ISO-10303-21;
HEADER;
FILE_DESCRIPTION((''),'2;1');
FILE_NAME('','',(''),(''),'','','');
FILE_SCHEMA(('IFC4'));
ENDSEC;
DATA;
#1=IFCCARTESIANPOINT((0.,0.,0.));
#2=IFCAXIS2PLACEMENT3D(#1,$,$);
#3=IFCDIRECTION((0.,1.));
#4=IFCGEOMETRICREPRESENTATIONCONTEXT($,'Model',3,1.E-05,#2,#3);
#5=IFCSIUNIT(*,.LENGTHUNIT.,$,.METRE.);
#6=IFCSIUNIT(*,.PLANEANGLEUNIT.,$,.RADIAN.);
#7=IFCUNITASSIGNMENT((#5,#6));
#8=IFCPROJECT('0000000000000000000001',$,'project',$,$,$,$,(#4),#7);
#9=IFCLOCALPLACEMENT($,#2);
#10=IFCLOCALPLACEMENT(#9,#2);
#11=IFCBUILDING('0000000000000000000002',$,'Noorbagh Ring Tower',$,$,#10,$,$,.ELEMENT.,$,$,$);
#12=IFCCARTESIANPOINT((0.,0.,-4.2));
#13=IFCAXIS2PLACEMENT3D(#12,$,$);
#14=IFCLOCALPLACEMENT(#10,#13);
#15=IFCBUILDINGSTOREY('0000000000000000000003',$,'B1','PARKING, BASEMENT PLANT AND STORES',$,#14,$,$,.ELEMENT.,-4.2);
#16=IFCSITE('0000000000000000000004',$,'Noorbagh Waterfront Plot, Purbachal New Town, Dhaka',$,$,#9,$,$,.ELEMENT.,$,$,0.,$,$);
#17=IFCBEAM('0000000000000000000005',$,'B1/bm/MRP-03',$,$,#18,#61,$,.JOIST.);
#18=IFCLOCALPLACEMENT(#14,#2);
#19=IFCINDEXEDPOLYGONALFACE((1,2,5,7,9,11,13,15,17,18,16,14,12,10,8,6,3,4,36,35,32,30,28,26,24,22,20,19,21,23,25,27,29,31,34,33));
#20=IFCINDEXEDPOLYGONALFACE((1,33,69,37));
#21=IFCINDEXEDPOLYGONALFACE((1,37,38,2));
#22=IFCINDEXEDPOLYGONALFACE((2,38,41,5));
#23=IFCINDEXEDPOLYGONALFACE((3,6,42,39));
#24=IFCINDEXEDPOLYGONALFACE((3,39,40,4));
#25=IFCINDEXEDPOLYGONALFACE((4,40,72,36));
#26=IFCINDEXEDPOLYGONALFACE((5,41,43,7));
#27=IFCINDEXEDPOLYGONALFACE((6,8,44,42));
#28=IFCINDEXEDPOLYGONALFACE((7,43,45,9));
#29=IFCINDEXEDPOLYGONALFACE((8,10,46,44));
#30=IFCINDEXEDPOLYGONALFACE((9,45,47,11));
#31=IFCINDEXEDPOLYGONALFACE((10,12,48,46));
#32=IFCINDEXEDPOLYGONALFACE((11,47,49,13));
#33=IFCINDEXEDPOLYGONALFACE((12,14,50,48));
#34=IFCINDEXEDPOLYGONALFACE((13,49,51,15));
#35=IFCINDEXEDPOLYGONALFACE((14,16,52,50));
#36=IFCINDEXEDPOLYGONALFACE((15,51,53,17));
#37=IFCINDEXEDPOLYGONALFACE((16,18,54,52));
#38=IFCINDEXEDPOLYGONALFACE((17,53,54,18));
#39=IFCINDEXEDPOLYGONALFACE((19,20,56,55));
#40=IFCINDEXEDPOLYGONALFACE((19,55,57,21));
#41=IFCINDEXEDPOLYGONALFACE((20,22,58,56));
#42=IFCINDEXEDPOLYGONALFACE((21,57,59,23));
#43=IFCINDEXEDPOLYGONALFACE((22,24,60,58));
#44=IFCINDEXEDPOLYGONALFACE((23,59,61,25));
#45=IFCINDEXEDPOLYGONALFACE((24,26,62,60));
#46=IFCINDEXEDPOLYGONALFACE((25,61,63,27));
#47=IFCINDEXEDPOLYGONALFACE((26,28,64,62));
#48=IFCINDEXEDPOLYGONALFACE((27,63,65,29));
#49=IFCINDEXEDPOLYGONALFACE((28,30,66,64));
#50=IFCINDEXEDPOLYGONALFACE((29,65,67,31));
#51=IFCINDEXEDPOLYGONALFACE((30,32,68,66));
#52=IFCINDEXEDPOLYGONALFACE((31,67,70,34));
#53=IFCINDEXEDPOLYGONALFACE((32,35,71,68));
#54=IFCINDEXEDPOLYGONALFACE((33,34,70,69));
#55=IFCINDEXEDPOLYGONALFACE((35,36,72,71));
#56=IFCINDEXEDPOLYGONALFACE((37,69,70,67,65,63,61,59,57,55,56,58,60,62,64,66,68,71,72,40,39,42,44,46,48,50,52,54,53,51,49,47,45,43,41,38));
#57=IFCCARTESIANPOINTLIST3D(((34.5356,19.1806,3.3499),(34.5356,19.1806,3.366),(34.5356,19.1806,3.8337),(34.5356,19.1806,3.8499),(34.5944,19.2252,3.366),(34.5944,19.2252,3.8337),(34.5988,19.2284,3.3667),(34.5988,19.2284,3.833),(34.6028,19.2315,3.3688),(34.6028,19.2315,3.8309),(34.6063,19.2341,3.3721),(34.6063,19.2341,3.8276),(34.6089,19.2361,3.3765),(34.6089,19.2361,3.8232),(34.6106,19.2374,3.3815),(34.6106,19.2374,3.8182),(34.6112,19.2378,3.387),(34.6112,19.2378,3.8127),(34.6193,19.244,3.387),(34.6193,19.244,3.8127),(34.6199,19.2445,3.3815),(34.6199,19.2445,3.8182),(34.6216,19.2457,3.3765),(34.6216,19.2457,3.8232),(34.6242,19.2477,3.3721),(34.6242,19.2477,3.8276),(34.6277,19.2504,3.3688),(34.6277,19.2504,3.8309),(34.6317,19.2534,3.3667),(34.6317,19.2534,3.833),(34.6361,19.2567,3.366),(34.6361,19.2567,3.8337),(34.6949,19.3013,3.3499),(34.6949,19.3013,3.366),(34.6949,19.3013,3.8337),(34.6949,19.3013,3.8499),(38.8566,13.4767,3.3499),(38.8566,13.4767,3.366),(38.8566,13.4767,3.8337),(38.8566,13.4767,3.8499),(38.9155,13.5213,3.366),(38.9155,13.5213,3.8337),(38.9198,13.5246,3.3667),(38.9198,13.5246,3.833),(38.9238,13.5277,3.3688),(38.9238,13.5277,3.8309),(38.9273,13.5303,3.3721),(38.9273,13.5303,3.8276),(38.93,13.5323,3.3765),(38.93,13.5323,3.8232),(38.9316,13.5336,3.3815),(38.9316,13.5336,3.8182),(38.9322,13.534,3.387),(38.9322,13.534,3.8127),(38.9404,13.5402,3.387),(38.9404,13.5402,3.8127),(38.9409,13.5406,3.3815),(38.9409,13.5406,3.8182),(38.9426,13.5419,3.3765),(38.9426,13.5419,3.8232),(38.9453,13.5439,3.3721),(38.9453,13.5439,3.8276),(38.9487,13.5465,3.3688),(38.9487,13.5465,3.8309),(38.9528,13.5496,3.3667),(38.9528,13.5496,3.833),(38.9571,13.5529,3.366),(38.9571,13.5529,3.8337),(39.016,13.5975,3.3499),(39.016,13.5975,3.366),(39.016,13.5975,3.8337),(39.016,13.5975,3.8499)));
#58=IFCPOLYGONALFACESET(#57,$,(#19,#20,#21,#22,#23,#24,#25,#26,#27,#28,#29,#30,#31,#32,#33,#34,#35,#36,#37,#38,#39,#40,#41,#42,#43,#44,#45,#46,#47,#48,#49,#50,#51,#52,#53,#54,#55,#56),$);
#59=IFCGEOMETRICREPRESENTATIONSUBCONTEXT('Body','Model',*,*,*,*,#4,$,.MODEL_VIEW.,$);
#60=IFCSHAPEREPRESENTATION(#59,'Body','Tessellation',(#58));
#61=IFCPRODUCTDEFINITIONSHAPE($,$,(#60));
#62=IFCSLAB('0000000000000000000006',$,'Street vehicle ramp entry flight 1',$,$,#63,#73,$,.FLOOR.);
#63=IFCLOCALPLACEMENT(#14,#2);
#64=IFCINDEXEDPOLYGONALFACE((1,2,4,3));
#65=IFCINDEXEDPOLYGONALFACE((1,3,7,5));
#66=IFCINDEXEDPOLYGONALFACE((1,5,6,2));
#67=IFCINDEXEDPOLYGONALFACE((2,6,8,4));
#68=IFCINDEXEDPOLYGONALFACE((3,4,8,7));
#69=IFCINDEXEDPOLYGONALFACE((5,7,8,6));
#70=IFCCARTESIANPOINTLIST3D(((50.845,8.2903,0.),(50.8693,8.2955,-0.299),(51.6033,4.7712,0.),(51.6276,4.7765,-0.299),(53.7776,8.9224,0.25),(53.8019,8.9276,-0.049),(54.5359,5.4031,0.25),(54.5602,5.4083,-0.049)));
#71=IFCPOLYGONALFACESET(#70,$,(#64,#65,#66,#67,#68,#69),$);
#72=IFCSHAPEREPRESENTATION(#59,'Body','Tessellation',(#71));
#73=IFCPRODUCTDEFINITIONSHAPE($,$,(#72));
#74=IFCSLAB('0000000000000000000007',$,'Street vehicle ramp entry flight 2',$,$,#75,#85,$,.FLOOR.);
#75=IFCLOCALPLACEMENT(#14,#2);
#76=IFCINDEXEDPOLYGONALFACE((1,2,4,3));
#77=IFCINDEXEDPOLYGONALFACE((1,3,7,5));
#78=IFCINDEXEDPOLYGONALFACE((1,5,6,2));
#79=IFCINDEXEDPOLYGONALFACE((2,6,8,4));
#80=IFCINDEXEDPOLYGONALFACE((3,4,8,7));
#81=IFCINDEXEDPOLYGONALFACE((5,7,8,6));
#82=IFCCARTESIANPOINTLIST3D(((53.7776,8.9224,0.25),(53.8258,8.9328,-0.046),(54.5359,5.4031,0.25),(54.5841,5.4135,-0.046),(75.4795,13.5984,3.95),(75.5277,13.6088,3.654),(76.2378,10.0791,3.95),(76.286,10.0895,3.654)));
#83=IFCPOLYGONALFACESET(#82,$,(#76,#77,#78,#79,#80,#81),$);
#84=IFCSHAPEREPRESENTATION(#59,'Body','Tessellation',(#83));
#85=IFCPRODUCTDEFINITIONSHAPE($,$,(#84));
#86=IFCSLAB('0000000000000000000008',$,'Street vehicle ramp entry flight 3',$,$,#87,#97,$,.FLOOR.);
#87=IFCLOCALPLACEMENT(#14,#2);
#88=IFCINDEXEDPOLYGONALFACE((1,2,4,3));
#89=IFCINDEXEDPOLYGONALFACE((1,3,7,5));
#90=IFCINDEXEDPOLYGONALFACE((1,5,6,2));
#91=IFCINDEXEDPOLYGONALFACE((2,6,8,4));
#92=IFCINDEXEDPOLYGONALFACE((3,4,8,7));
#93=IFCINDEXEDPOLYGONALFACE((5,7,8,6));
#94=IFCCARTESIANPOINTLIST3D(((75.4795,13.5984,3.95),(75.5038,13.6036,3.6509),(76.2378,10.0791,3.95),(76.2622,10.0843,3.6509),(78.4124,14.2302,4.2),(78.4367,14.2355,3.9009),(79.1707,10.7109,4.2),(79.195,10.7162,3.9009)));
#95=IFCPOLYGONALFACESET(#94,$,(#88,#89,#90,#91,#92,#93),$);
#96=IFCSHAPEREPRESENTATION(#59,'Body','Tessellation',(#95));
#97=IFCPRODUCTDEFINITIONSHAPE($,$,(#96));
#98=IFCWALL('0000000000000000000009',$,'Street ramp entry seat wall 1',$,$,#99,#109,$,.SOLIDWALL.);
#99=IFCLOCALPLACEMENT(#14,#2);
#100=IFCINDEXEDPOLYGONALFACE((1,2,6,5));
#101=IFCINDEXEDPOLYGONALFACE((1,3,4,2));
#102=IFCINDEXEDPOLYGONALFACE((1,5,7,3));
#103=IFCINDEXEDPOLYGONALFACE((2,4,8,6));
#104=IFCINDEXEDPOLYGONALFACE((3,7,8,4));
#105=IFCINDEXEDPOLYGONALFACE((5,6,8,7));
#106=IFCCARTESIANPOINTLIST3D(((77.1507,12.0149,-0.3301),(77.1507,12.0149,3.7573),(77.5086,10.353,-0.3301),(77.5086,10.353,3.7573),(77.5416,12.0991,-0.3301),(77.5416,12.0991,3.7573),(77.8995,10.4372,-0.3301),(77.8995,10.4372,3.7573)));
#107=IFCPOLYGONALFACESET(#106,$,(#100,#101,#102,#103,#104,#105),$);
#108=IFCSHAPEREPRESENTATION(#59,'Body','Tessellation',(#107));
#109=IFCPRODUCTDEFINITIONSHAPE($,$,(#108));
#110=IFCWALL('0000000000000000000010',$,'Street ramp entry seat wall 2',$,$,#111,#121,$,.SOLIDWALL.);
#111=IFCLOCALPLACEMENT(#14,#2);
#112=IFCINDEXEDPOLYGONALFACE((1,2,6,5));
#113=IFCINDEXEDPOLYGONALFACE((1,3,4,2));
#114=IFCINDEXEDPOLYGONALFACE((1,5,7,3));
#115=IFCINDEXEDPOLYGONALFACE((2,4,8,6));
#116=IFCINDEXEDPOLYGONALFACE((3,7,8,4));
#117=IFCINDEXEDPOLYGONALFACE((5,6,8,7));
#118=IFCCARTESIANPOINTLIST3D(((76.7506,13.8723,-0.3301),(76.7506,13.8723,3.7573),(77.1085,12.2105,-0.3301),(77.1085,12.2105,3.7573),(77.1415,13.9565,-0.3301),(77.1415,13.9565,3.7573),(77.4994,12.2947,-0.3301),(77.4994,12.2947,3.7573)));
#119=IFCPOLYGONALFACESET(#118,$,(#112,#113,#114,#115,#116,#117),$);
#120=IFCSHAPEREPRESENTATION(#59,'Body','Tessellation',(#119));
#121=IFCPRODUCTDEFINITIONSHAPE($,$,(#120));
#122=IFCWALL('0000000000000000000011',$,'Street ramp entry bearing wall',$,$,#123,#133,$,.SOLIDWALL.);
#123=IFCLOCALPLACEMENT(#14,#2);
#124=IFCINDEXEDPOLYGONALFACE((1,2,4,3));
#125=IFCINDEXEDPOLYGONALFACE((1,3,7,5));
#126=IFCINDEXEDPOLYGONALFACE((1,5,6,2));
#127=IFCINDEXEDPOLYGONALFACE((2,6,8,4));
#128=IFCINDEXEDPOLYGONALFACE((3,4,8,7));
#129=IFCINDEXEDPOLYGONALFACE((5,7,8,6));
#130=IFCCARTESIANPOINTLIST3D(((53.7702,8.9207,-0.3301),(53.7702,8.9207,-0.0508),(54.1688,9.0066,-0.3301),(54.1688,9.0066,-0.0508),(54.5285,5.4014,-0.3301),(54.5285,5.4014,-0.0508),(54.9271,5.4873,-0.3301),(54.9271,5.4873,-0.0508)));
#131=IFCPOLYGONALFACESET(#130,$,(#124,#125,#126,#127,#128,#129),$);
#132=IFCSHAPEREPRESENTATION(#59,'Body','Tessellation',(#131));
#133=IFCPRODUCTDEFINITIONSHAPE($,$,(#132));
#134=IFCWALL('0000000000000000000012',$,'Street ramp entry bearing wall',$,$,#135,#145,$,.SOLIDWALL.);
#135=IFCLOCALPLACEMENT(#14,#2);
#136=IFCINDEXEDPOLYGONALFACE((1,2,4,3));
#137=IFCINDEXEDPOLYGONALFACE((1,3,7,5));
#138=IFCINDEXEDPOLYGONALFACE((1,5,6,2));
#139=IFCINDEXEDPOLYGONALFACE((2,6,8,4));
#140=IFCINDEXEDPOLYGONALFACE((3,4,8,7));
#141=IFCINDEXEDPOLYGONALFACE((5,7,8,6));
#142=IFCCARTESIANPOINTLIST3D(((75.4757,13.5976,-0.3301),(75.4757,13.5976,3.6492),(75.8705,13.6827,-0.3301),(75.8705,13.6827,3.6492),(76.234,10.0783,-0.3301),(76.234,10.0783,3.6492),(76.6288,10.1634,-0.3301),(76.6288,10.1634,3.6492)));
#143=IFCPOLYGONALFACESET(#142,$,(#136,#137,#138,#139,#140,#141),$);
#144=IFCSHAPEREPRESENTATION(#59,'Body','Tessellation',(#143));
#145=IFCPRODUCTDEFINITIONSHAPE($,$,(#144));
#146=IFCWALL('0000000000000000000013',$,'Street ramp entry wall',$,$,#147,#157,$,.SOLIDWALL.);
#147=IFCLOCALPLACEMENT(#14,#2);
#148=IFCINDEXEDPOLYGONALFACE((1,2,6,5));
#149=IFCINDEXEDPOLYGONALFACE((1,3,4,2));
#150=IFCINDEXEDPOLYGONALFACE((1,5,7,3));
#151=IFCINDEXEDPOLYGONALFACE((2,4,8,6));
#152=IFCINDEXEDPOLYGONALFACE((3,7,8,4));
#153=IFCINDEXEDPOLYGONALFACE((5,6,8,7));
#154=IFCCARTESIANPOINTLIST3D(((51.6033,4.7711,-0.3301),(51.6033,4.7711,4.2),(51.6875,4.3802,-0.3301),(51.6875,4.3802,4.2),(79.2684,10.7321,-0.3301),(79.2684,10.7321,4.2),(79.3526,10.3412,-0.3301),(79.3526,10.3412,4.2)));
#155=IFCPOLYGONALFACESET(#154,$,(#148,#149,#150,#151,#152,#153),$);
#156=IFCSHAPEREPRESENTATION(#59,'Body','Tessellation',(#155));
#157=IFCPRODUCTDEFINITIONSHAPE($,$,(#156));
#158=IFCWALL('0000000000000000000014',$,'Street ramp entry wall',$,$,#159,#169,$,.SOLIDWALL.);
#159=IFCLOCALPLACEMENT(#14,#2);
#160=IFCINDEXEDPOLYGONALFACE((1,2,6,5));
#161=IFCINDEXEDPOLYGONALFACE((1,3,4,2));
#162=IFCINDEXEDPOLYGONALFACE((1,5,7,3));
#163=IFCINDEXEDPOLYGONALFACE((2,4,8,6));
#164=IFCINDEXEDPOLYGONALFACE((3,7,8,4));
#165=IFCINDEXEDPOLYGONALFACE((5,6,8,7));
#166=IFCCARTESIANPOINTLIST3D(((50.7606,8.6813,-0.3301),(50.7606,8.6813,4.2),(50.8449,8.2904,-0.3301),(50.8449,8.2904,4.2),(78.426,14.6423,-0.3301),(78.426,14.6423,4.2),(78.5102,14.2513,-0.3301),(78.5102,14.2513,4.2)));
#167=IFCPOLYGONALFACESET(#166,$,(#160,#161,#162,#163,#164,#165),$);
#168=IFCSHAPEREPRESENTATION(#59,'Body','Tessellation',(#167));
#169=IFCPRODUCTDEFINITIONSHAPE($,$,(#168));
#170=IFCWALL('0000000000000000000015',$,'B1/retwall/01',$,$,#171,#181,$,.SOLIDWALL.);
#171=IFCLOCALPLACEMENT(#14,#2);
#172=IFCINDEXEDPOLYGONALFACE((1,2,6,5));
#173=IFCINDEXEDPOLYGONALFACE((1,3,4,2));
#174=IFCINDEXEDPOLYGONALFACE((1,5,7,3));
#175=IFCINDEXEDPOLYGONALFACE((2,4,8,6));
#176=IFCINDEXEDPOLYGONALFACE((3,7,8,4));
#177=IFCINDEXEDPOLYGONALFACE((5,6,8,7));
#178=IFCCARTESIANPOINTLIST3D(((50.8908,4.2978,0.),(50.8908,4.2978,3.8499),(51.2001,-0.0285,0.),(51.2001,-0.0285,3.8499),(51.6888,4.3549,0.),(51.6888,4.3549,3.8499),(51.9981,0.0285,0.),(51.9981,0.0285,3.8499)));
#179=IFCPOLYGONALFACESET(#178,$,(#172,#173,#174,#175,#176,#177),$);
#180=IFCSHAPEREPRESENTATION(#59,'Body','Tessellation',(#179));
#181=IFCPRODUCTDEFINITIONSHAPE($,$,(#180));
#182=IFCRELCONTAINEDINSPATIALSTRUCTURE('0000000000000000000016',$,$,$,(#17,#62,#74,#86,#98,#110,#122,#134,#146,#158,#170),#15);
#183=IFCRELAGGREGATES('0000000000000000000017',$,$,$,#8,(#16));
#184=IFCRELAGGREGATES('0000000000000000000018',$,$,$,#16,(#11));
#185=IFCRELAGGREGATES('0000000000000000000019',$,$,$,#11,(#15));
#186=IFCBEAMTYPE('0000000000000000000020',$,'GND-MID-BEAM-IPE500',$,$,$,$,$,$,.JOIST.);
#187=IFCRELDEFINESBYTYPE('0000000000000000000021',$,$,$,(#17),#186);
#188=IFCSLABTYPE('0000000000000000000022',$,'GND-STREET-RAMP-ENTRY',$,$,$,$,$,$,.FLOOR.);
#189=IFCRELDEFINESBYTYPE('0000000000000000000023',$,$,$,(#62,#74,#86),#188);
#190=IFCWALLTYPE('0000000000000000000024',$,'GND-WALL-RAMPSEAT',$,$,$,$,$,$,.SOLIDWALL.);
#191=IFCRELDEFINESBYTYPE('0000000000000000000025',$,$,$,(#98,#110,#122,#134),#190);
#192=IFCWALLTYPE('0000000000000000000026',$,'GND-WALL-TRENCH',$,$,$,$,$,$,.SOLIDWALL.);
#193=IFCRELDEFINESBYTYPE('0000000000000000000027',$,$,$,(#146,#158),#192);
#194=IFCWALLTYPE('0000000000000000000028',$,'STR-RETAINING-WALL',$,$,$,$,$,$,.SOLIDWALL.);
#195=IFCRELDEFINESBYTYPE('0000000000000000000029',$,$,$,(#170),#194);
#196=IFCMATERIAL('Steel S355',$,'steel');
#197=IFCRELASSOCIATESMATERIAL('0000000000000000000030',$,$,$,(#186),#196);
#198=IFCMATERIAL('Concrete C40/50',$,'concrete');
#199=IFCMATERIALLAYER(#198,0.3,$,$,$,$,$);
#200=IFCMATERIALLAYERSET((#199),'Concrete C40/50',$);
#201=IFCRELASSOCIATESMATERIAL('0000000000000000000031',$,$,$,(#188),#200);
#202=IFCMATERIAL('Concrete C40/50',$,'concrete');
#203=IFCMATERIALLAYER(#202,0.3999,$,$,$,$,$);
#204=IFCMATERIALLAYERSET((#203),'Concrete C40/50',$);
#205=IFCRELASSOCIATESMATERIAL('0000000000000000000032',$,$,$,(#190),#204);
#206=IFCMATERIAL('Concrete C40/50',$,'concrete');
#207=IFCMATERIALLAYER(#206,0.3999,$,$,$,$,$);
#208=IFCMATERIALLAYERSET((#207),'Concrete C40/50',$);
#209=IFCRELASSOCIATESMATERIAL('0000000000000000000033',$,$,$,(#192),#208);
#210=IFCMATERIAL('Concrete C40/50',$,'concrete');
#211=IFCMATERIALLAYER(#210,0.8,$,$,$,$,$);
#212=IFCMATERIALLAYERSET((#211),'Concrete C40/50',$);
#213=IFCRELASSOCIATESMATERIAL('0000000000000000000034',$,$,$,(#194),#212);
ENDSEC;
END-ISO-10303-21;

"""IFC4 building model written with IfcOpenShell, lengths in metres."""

from ifc_helpers import new_model, si_unit, direction, frame, frame_2d, origin, origin_2d, place, context, subcontext, project, spatial, polyline, rectangle, i_section, outline, extrude, material, layer, layer_set, material_profile, profile_set, type_object, element, save


model = new_model("IFC4")

# Units and contexts
model_context = context("Model", 3, precision=1e-05, world=origin(), true_north=direction((0.0, 1.0)))
body_context = subcontext(model_context, "Body", "Model", "MODEL_VIEW")
ifc_project = project(units=[si_unit("LENGTHUNIT", "METRE"), si_unit("PLANEANGLEUNIT", "RADIAN")], contexts=[model_context])

# Site, building, storey
site_placement = place(None, origin())
site = spatial("IfcSite", under=ifc_project, at=site_placement, Name="Noorbagh Waterfront Plot, Purbachal New Town, Dhaka", CompositionType="ELEMENT", RefElevation=0.0)
building_placement = place(site_placement, origin())
building = spatial("IfcBuilding", under=site, at=building_placement, Name="Noorbagh Ring Tower", CompositionType="ELEMENT")
storey_placement = place(building_placement, frame((0.0, 0.0, -4.2)))
storey = spatial("IfcBuildingStorey", under=building, at=storey_placement, Name="B1", Description="PARKING, BASEMENT PLANT AND STORES", CompositionType="ELEMENT", Elevation=-4.2)

# Beam
ifc_material_1 = material(Name="Steel S355", Category="steel")
ifc_material_profile_1 = material_profile(ifc_material_1, i_section(OverallWidth=0.2, OverallDepth=0.5, WebThickness=0.0103, FlangeThickness=0.0161, FilletRadius=0.021, at=origin_2d()), Name="IPE500")
ifc_profile_set_1 = profile_set([ifc_material_profile_1], Name="Steel S355")
beam_type_1 = type_object("IfcBeamType", Name="GND-MID-BEAM-IPE500", PredefinedType="JOIST", material=ifc_profile_set_1)
beam_1_placement = place(storey_placement, frame((38.9363, 13.5371, 3.5999), z_axis=(-0.603852, 0.797096, 0.0), x_axis=(-0.797096, -0.603852, 0.0)))
element("IfcBeam", 1, at=beam_1_placement, inside=storey, type_object=beam_type_1, Name="B1/bm/MRP-03", PredefinedType="JOIST", context=body_context, shape_type="SweptSolid", body=[
    extrude(i_section(OverallWidth=0.2, OverallDepth=0.5, WebThickness=0.0103, FlangeThickness=0.0161, FilletRadius=0.021, at=origin_2d()), origin(), (0.0, 0.0, 1.0), 7.1558),
])

# Slabs
ifc_material_2 = material(Name="Concrete C40/50", Category="concrete")
ifc_layer_1 = layer(ifc_material_2, 0.3)
ifc_layer_set_1 = layer_set([ifc_layer_1], Name="Concrete C40/50")
slab_type = type_object("IfcSlabType", Name="GND-STREET-RAMP-ENTRY", PredefinedType="FLOOR", material=ifc_layer_set_1)
slab_1_placement = place(storey_placement, frame((51.6033, 4.7712, 0.0), z_axis=(-0.081184, -0.017493, 0.996546), x_axis=(-0.21065, 0.977562, -0.000001)))
element("IfcSlab", 2, at=slab_1_placement, inside=storey, type_object=slab_type, Name="Street vehicle ramp entry flight 1", PredefinedType="FLOOR", context=body_context, shape_type="SweptSolid", body=[
    extrude(outline(polyline([(0.0, 0.0), (3.5998, 0.0), (3.6, -3.0104), (-0.0001, -3.0103), (0.0, 0.0)])), origin(), (0.0, 0.0, -1.0), 0.3),
])
slab_2_placement = place(storey_placement, frame((54.5359, 5.4031, 0.25), z_axis=(-0.160709, -0.034628, 0.986394), x_axis=(-0.210636, 0.977565, 0.0)))
element("IfcSlab", 3, at=slab_2_placement, inside=storey, type_object=slab_type, Name="Street vehicle ramp entry flight 2", PredefinedType="FLOOR", context=body_context, shape_type="SweptSolid", body=[
    extrude(outline(polyline([(0.0, 0.0), (3.6001, 0.0), (3.6, -22.5062), (-0.0001, -22.5062), (0.0, 0.0)])), origin(), (0.0, 0.0, -1.0), 0.3),
])
slab_3_placement = place(storey_placement, frame((76.2378, 10.0791, 3.95), z_axis=(-0.081178, -0.017491, 0.996546), x_axis=(-0.210636, 0.977565, 0.0)))
element("IfcSlab", 4, at=slab_3_placement, inside=storey, type_object=slab_type, Name="Street vehicle ramp entry flight 3", PredefinedType="FLOOR", context=body_context, shape_type="SweptSolid", body=[
    extrude(outline(polyline([(0.0, 0.0), (3.6001, 0.0), (3.6, -3.0105), (-0.0001, -3.0105), (0.0, 0.0)])), origin(), (0.0, 0.0, -1.0), 0.3),
])

# Walls
ifc_material_3 = material(Name="Concrete C40/50", Category="concrete")
ifc_layer_2 = layer(ifc_material_3, 0.3999)
ifc_layer_set_2 = layer_set([ifc_layer_2], Name="Concrete C40/50")
wall_type_1 = type_object("IfcWallType", Name="GND-WALL-RAMPSEAT", PredefinedType="SOLIDWALL", material=ifc_layer_set_2)
for number, where, z_axis, x_axis, name in (
    (5, (77.7041, 10.395, -0.3301), (0.0, 0.0, 1.0), (-0.210539, 0.977585, 0.0), "Street ramp entry seat wall 1"),
    (6, (77.304, 12.2524, -0.3301), (0.0, 0.0, 1.0), (-0.210539, 0.977585, 0.0), "Street ramp entry seat wall 2"),
):
    element("IfcWall", number, at=place(storey_placement, frame(where, z_axis=z_axis, x_axis=x_axis)), inside=storey, type_object=wall_type_1, Name=name, PredefinedType="SOLIDWALL", context=body_context, shape_type="SweptSolid", body=[
        extrude(rectangle(XDim=1.7, YDim=0.3999, at=frame_2d((0.8501, 0.0))), origin(), (0.0, 0.0, 1.0), 4.0874),
    ])
wall_1_placement = place(storey_placement, frame((54.7278, 5.4443, -0.3301), z_axis=(0.0, 0.0, 1.0), x_axis=(-0.210636, 0.977565, 0.0)))
element("IfcWall", 7, at=wall_1_placement, inside=storey, type_object=wall_type_1, Name="Street ramp entry bearing wall", PredefinedType="SOLIDWALL", context=body_context, shape_type="SweptSolid", body=[
    extrude(rectangle(XDim=3.6001, YDim=0.4077, at=frame_2d((1.8, 0.0))), origin(), (0.0, 0.0, 1.0), 0.2793),
])
wall_2_placement = place(storey_placement, frame((76.4314, 10.1208, -0.3301), z_axis=(0.0, 0.0, 1.0), x_axis=(-0.210636, 0.977565, 0.0)))
element("IfcWall", 8, at=wall_2_placement, inside=storey, type_object=wall_type_1, Name="Street ramp entry bearing wall", PredefinedType="SOLIDWALL", context=body_context, shape_type="SweptSolid", body=[
    extrude(rectangle(XDim=3.6001, YDim=0.4038, at=frame_2d((1.8, 0.0))), origin(), (0.0, 0.0, 1.0), 3.9792),
])
ifc_material_4 = material(Name="Concrete C40/50", Category="concrete")
ifc_layer_3 = layer(ifc_material_4, 0.3999)
ifc_layer_set_3 = layer_set([ifc_layer_3], Name="Concrete C40/50")
wall_type_2 = type_object("IfcWallType", Name="GND-WALL-TRENCH", PredefinedType="SOLIDWALL", material=ifc_layer_set_3)
wall_3_placement = place(storey_placement, frame((51.6455, 4.5757, -0.3301), z_axis=(0.0, 0.0, 1.0), x_axis=(0.977565, 0.210634, 0.0)))
element("IfcWall", 9, at=wall_3_placement, inside=storey, type_object=wall_type_2, Name="Street ramp entry wall", PredefinedType="SOLIDWALL", context=body_context, shape_type="SweptSolid", body=[
    extrude(rectangle(XDim=28.3, YDim=0.3999, at=frame_2d((14.1499, 0.0))), origin(), (0.0, 0.0, 1.0), 4.53),
])
wall_4_placement = place(storey_placement, frame((50.8027, 8.4858, -0.3301), z_axis=(0.0, 0.0, 1.0), x_axis=(0.977565, 0.210632, 0.0)))
element("IfcWall", 10, at=wall_4_placement, inside=storey, type_object=wall_type_2, Name="Street ramp entry wall", PredefinedType="SOLIDWALL", context=body_context, shape_type="SweptSolid", body=[
    extrude(rectangle(XDim=28.3003, YDim=0.3999, at=frame_2d((14.1501, 0.0))), origin(), (0.0, 0.0, 1.0), 4.53),
])
ifc_material_5 = material(Name="Concrete C40/50", Category="concrete")
ifc_layer_4 = layer(ifc_material_5, 0.8)
ifc_layer_set_4 = layer_set([ifc_layer_4], Name="Concrete C40/50")
wall_type_3 = type_object("IfcWallType", Name="STR-RETAINING-WALL", PredefinedType="SOLIDWALL", material=ifc_layer_set_4)
wall_5_placement = place(storey_placement, frame((51.5991, 0.0, 0.0), z_axis=(0.0, 0.0, 1.0), x_axis=(-0.071315, 0.997454, 0.0)))
element("IfcWall", 11, at=wall_5_placement, inside=storey, type_object=wall_type_3, Name="B1/retwall/01", PredefinedType="SOLIDWALL", context=body_context, shape_type="SweptSolid", body=[
    extrude(rectangle(XDim=4.3374, YDim=0.8, at=frame_2d((2.1687, 0.0))), origin(), (0.0, 0.0, 1.0), 3.8499),
])

save(model, "model.ifc")
